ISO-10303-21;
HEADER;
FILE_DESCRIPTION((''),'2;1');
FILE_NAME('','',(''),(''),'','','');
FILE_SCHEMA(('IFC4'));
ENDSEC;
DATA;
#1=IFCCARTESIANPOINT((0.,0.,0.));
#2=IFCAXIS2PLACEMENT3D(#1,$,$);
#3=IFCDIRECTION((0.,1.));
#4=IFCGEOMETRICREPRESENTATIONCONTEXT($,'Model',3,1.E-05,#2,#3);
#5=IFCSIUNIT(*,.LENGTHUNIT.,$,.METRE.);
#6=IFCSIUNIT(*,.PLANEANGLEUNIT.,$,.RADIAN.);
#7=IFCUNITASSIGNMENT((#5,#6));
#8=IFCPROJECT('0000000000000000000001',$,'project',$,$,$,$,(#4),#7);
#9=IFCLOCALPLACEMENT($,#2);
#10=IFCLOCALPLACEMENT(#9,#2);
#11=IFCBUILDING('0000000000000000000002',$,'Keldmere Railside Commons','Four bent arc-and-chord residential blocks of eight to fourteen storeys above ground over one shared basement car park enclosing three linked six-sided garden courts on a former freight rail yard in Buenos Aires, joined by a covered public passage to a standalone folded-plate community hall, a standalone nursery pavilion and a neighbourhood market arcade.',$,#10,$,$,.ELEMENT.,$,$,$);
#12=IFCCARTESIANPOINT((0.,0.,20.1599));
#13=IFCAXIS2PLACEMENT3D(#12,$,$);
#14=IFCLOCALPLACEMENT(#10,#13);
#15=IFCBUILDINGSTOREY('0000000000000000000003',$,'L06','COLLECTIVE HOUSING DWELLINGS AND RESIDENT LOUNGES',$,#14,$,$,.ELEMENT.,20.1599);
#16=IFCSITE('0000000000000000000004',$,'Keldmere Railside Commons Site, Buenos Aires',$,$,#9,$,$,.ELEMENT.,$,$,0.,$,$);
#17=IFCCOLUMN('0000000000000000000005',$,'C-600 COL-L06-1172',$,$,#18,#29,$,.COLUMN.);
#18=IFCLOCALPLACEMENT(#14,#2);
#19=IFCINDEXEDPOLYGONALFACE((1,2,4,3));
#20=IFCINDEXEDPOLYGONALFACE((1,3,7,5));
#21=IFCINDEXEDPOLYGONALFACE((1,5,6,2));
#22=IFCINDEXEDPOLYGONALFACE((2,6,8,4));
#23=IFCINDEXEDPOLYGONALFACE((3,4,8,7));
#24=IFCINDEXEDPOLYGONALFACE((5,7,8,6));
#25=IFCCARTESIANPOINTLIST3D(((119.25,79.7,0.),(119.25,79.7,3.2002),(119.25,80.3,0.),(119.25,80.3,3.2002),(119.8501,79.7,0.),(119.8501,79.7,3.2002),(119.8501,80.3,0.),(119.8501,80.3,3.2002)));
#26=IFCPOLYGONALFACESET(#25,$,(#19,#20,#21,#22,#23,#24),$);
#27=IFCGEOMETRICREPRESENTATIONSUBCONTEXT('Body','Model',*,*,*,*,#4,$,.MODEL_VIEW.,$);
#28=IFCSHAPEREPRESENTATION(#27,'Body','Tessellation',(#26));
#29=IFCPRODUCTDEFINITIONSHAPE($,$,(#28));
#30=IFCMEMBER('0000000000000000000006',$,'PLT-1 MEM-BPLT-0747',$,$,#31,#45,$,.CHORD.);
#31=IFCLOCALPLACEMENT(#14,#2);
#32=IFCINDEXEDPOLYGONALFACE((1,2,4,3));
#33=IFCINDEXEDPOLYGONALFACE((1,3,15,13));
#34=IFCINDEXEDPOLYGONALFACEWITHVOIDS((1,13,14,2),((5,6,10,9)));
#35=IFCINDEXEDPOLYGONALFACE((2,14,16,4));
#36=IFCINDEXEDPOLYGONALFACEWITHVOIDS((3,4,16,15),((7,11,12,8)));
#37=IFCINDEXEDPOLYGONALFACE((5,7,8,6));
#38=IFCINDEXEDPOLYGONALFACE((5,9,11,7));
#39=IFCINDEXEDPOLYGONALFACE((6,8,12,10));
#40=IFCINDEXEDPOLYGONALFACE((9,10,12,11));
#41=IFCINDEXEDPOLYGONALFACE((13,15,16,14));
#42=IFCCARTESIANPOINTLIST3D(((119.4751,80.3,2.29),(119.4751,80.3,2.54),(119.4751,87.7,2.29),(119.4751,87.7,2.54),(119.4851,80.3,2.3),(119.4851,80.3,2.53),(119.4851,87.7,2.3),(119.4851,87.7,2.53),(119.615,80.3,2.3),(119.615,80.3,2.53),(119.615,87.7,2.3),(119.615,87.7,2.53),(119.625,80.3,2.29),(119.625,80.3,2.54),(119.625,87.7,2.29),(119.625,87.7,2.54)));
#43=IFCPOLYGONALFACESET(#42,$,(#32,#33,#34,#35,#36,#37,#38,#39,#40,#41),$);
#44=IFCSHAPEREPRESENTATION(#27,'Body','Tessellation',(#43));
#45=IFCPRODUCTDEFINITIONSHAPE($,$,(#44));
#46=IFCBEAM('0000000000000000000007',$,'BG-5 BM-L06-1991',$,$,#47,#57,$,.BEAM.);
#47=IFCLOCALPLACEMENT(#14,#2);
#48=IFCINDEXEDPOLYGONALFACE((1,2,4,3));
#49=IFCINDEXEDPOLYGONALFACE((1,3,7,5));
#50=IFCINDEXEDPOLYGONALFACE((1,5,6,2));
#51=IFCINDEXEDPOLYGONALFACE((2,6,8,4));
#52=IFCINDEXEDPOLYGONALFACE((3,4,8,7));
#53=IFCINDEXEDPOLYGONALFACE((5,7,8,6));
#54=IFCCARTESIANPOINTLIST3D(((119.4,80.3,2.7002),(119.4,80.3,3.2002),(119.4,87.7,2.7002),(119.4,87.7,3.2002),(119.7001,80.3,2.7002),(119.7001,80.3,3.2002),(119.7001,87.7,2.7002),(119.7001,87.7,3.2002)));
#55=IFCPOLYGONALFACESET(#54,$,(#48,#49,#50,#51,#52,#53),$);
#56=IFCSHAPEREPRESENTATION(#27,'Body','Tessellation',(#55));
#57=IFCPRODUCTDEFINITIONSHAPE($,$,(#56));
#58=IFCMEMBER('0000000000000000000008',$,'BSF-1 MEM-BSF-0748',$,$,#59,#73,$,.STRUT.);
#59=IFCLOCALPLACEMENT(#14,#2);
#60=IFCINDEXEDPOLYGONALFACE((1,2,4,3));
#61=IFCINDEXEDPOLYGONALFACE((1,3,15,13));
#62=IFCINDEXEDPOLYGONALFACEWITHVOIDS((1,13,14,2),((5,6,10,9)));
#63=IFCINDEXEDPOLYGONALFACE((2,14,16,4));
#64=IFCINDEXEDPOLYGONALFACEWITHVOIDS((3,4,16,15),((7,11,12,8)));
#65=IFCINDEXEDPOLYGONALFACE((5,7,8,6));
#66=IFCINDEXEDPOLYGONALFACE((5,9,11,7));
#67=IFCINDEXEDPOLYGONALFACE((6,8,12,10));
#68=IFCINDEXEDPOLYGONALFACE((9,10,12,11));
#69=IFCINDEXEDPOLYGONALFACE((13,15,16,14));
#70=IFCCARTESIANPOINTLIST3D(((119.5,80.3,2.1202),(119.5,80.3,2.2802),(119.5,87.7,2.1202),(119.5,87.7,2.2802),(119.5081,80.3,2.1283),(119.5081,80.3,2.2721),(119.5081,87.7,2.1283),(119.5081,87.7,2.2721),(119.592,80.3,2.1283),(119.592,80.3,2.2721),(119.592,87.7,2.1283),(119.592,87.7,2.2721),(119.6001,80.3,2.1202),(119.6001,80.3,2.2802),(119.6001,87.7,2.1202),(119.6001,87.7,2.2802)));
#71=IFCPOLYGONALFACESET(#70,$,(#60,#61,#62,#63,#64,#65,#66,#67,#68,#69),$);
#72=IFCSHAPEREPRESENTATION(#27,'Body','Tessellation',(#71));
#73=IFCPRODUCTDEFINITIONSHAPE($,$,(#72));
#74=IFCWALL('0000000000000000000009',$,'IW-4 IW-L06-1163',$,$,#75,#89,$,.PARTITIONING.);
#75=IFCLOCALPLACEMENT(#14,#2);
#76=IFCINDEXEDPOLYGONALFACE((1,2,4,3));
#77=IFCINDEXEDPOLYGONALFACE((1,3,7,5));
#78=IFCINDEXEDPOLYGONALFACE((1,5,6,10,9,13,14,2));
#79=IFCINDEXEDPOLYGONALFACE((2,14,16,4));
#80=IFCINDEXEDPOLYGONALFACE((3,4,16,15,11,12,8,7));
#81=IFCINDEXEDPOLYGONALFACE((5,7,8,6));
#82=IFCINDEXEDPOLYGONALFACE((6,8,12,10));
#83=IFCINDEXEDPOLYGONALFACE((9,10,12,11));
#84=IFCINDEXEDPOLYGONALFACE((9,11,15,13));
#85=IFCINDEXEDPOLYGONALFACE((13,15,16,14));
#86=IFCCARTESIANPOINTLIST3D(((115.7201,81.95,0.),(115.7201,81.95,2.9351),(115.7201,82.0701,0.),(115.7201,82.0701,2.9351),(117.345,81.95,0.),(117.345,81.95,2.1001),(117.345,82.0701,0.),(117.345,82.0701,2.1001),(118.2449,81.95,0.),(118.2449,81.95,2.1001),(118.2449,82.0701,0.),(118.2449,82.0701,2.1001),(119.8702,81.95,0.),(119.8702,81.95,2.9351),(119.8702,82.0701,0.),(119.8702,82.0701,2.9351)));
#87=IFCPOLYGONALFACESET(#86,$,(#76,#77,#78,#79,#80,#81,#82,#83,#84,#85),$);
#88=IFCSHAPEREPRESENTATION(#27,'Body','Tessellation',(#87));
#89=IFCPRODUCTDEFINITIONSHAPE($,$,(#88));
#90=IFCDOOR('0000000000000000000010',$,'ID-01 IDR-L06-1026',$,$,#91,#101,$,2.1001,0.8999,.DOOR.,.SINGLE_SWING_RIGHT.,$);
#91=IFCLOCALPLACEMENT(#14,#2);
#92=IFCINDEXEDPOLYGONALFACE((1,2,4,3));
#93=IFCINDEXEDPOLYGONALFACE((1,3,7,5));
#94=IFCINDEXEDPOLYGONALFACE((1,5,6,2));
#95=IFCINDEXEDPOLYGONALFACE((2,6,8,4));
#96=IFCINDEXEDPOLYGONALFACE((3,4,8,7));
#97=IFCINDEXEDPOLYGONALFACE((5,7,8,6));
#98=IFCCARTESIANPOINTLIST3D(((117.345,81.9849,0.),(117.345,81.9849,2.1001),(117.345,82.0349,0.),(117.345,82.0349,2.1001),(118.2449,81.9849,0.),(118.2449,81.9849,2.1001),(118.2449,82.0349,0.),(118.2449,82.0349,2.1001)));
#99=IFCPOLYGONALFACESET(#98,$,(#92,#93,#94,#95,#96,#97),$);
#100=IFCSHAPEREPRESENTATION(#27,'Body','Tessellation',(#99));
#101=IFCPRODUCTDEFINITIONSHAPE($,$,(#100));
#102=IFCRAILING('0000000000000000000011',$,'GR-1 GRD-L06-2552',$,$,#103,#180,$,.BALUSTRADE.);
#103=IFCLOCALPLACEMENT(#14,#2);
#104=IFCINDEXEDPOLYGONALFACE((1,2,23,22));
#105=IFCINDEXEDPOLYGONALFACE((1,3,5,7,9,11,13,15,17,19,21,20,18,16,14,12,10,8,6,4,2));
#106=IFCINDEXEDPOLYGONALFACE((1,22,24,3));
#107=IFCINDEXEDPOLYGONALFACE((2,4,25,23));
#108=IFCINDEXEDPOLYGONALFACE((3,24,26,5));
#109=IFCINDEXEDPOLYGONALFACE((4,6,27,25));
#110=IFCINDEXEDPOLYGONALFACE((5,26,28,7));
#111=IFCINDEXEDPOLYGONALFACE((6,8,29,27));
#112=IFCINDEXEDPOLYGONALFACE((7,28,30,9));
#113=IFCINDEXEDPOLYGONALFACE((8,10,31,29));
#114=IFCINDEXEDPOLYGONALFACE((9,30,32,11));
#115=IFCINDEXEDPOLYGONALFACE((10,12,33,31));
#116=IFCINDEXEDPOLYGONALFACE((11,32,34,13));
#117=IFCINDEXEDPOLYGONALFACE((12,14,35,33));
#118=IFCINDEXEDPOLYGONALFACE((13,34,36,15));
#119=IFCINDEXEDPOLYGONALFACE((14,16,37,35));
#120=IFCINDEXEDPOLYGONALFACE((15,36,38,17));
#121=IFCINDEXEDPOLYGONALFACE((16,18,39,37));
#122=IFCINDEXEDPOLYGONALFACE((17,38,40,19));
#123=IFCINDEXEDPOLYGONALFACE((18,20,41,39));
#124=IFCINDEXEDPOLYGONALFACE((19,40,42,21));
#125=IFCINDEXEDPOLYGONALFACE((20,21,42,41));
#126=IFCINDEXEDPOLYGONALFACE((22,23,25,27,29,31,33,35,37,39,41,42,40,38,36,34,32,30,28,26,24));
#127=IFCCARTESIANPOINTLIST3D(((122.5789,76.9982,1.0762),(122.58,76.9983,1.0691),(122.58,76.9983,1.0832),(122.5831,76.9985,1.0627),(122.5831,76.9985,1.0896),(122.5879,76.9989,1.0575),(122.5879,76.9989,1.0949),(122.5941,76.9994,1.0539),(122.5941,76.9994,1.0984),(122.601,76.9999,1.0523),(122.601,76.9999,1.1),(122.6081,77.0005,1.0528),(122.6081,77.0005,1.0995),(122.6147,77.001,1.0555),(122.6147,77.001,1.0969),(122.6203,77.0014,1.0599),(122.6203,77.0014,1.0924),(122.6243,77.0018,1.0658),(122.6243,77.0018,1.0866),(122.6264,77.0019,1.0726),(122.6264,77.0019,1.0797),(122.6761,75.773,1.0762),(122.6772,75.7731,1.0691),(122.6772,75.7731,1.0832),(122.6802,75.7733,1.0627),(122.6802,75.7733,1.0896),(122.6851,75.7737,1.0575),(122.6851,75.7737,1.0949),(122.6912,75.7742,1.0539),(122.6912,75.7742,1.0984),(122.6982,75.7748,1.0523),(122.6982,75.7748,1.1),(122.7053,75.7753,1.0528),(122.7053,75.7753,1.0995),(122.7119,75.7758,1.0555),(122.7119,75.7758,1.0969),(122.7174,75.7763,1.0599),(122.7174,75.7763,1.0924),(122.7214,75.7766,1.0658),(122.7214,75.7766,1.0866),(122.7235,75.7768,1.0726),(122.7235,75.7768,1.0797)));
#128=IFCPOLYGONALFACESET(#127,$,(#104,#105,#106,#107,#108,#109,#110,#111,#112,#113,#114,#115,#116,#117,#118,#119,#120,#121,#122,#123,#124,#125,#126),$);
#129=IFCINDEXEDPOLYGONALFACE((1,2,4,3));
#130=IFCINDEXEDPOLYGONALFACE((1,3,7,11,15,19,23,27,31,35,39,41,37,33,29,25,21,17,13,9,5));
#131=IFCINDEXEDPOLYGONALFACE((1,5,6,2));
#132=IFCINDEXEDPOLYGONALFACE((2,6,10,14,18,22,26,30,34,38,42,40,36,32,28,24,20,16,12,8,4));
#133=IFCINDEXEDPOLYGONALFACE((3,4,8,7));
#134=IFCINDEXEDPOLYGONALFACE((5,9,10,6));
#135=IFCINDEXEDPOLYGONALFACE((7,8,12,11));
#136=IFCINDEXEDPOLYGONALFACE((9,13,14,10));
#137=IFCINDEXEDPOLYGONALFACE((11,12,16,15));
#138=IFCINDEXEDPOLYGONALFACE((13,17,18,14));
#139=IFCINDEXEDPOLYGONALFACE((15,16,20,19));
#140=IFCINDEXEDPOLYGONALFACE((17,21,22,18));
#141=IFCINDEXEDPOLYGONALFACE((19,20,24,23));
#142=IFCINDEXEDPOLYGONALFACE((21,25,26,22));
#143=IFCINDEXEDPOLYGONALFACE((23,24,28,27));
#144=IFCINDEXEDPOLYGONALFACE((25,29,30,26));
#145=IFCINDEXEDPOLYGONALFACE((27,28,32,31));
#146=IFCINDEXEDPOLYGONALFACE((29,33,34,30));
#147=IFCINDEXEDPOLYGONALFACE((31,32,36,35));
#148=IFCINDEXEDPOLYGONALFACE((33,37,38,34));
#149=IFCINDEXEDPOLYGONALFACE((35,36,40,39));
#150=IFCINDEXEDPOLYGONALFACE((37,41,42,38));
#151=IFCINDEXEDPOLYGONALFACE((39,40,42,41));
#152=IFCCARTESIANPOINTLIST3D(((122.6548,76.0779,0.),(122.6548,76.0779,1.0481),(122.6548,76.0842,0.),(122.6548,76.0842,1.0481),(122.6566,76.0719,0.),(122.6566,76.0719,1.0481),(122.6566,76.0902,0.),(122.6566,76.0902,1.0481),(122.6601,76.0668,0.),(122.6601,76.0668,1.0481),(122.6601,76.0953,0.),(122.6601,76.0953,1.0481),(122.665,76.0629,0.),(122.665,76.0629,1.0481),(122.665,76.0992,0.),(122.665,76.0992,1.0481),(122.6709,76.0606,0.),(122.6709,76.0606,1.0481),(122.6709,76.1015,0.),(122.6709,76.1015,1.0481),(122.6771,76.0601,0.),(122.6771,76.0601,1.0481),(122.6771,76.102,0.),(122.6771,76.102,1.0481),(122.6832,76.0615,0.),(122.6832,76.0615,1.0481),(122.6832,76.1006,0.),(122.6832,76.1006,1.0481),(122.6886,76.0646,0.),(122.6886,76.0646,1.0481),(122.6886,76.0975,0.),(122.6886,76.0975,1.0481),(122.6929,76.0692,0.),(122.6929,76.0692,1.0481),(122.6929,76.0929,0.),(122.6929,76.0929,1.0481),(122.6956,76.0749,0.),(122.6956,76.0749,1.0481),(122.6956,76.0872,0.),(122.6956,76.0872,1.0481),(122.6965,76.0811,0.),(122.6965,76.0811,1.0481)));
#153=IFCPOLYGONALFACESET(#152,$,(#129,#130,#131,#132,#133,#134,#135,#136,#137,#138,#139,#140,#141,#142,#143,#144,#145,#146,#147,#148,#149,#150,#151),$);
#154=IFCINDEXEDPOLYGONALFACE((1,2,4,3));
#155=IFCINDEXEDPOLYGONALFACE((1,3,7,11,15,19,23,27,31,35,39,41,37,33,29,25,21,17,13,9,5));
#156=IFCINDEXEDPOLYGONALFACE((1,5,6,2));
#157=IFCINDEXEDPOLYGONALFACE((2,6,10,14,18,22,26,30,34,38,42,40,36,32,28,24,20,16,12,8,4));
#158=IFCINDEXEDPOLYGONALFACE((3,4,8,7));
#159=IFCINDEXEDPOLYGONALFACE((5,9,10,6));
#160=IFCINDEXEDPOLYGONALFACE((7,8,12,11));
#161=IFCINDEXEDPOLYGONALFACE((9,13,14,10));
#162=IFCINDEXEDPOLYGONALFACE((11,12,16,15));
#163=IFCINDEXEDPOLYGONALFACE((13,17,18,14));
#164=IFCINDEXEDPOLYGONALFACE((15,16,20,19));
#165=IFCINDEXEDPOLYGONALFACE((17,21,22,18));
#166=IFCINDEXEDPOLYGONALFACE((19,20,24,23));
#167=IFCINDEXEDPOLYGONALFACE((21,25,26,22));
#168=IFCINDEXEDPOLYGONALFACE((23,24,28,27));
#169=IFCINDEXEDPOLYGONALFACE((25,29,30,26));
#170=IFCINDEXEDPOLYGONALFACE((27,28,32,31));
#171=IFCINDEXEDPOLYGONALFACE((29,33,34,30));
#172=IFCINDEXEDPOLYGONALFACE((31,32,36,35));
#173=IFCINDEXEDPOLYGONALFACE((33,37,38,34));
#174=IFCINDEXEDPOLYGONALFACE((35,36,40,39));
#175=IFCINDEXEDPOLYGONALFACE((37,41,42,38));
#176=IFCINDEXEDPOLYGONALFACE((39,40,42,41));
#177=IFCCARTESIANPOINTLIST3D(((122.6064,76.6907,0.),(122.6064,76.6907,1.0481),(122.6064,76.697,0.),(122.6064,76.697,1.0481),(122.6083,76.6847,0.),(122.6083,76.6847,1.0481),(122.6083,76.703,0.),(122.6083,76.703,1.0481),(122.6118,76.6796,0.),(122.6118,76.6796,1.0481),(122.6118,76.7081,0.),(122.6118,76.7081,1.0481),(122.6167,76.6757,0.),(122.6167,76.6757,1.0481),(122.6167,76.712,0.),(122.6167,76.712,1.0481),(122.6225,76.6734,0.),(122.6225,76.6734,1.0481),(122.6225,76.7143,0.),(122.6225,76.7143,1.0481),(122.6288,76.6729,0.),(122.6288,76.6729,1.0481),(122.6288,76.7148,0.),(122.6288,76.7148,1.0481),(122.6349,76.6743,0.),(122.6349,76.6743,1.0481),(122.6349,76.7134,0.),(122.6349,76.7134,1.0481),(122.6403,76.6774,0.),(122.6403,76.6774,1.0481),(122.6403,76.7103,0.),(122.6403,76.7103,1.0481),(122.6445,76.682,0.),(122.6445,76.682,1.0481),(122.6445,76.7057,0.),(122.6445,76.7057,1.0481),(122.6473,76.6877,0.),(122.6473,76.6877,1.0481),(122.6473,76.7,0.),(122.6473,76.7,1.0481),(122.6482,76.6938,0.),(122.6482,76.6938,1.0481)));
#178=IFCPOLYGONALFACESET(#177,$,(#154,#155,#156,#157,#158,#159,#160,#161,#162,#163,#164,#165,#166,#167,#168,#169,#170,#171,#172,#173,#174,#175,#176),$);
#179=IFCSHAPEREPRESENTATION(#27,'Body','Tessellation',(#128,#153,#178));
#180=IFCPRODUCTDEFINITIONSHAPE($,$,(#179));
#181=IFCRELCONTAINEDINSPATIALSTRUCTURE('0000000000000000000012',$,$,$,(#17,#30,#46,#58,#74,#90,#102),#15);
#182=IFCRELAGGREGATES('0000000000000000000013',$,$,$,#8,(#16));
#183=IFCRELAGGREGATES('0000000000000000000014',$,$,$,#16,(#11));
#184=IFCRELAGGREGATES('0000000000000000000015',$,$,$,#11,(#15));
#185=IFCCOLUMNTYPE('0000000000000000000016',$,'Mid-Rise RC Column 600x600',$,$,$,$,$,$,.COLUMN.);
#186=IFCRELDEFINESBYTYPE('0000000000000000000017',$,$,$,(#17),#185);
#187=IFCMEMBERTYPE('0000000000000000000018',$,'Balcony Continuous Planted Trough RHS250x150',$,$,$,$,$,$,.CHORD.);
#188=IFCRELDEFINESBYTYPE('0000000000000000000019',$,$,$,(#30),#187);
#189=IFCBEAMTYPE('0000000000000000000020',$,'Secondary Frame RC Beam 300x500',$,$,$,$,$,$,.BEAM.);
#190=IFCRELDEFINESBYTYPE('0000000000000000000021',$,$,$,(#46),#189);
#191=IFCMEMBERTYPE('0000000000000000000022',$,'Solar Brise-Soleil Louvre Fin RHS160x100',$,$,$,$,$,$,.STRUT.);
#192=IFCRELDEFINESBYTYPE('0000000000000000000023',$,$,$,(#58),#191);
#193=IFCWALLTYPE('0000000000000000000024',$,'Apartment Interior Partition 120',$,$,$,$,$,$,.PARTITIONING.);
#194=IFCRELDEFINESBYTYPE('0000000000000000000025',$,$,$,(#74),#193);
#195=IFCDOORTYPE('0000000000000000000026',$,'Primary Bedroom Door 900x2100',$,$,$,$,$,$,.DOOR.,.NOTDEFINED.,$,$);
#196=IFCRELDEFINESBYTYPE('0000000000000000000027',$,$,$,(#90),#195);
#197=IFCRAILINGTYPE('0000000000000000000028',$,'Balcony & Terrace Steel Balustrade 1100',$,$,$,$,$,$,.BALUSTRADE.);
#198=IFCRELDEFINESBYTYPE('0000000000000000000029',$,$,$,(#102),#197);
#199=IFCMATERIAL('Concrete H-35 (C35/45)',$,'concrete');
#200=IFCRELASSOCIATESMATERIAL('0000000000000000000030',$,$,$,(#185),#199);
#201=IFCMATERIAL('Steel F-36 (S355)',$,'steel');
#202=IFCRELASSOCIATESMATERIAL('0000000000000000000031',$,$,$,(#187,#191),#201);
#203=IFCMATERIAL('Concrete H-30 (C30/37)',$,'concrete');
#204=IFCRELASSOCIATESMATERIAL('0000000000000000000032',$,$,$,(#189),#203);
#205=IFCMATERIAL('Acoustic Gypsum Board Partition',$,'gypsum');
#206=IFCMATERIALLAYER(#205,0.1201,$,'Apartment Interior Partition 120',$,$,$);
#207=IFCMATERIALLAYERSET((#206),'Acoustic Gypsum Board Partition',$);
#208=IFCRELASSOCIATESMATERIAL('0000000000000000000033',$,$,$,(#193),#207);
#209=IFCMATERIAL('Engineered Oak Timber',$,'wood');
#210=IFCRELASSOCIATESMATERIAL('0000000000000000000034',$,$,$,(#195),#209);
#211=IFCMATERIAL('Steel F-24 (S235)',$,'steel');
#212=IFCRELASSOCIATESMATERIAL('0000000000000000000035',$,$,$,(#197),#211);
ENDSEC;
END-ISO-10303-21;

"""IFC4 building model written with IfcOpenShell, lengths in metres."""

from ifc_helpers import new_model, si_unit, direction, frame, frame_2d, origin, origin_2d, place, context, subcontext, project, spatial, rectangle, hollow_rectangle, circle, extrude, material, layer, layer_set, material_profile, profile_set, type_object, element, fill, save


model = new_model("IFC4")

# Units and contexts
model_context = context("Model", 3, precision=1e-05, world=origin(), true_north=direction((0.0, 1.0)))
body_context = subcontext(model_context, "Body", "Model", "MODEL_VIEW")
ifc_project = project(units=[si_unit("LENGTHUNIT", "METRE"), si_unit("PLANEANGLEUNIT", "RADIAN")], contexts=[model_context])

# Site, building, storey
site_placement = place(None, origin())
site = spatial("IfcSite", under=ifc_project, at=site_placement, Name="Keldmere Railside Commons Site, Buenos Aires", CompositionType="ELEMENT", RefElevation=0.0)
building_placement = place(site_placement, origin())
building = spatial("IfcBuilding", under=site, at=building_placement, Name="Keldmere Railside Commons", Description="Four bent arc-and-chord residential blocks of eight to fourteen storeys above ground over one shared basement car park enclosing three linked six-sided garden courts on a former freight rail yard in Buenos Aires, joined by a covered public passage to a standalone folded-plate community hall, a standalone nursery pavilion and a neighbourhood market arcade.", CompositionType="ELEMENT")
storey_placement = place(building_placement, frame((0.0, 0.0, 20.1599)))
storey = spatial("IfcBuildingStorey", under=building, at=storey_placement, Name="L06", Description="COLLECTIVE HOUSING DWELLINGS AND RESIDENT LOUNGES", CompositionType="ELEMENT", Elevation=20.1599)

# Column
ifc_material_1 = material(Name="Concrete H-35 (C35/45)", Category="concrete")
ifc_material_profile_1 = material_profile(ifc_material_1, rectangle(XDim=0.6001, YDim=0.6001, at=origin_2d()), Name="RC-600x600")
ifc_profile_set_1 = profile_set([ifc_material_profile_1], Name="Concrete H-35 (C35/45)")
column_type = type_object("IfcColumnType", Name="Mid-Rise RC Column 600x600", PredefinedType="COLUMN", material=ifc_profile_set_1)
column_placement = place(storey_placement, frame((119.55, 80.0, 0.0), z_axis=(0.0, 0.0, 1.0), x_axis=(1.0, 0.0, 0.0)))
element("IfcColumn", 1, at=column_placement, inside=storey, type_object=column_type, Name="C-600 COL-L06-1172", PredefinedType="COLUMN", context=body_context, shape_type="SweptSolid", body=[
    extrude(rectangle(XDim=0.6001, YDim=0.6001, at=origin_2d()), origin(), (0.0, 0.0, 1.0), 3.2002),
])

# Member
ifc_material_2 = material(Name="Steel F-36 (S355)", Category="steel")
ifc_material_profile_2 = material_profile(ifc_material_2, hollow_rectangle(XDim=0.1499, YDim=0.25, WallThickness=0.01, at=origin_2d()), Name="RHS-250x150x10")
ifc_profile_set_2 = profile_set([ifc_material_profile_2], Name="Steel F-36 (S355)")
member_type_1 = type_object("IfcMemberType", Name="Balcony Continuous Planted Trough RHS250x150", PredefinedType="CHORD", material=ifc_profile_set_2)
member_1_placement = place(storey_placement, frame((119.55, 80.3, 2.415), z_axis=(0.0, 1.0, 0.0), x_axis=(-1.0, 0.0, 0.0)))
element("IfcMember", 2, at=member_1_placement, inside=storey, type_object=member_type_1, Name="PLT-1 MEM-BPLT-0747", PredefinedType="CHORD", context=body_context, shape_type="SweptSolid", body=[
    extrude(hollow_rectangle(XDim=0.1499, YDim=0.25, WallThickness=0.01, at=origin_2d()), origin(), (0.0, 0.0, 1.0), 7.3999),
])

# Beam
ifc_material_3 = material(Name="Concrete H-30 (C30/37)", Category="concrete")
ifc_material_profile_3 = material_profile(ifc_material_3, rectangle(XDim=0.3, YDim=0.5, at=origin_2d()), Name="RC-300x500")
ifc_profile_set_3 = profile_set([ifc_material_profile_3], Name="Concrete H-30 (C30/37)")
beam_type = type_object("IfcBeamType", Name="Secondary Frame RC Beam 300x500", PredefinedType="BEAM", material=ifc_profile_set_3)
beam_placement = place(storey_placement, frame((119.55, 80.3, 2.9502), z_axis=(0.0, 1.0, 0.0), x_axis=(-1.0, 0.0, 0.0)))
element("IfcBeam", 3, at=beam_placement, inside=storey, type_object=beam_type, Name="BG-5 BM-L06-1991", PredefinedType="BEAM", context=body_context, shape_type="SweptSolid", body=[
    extrude(rectangle(XDim=0.3, YDim=0.5, at=origin_2d()), origin(), (0.0, 0.0, 1.0), 7.3999),
])

# Member
ifc_material_profile_4 = material_profile(ifc_material_2, hollow_rectangle(XDim=0.1001, YDim=0.1599, WallThickness=0.0081, at=origin_2d()), Name="RHS-160x100x8")
ifc_profile_set_4 = profile_set([ifc_material_profile_4], Name="Steel F-36 (S355)")
member_type_2 = type_object("IfcMemberType", Name="Solar Brise-Soleil Louvre Fin RHS160x100", PredefinedType="STRUT", material=ifc_profile_set_4)
member_2_placement = place(storey_placement, frame((119.55, 80.3, 2.2002), z_axis=(0.0, 1.0, 0.0), x_axis=(-1.0, 0.0, 0.0)))
element("IfcMember", 4, at=member_2_placement, inside=storey, type_object=member_type_2, Name="BSF-1 MEM-BSF-0748", PredefinedType="STRUT", context=body_context, shape_type="SweptSolid", body=[
    extrude(hollow_rectangle(XDim=0.1001, YDim=0.1599, WallThickness=0.0081, at=origin_2d()), origin(), (0.0, 0.0, 1.0), 7.3999),
])

# Wall, opening, door
ifc_material_4 = material(Name="Acoustic Gypsum Board Partition", Category="gypsum")
ifc_layer = layer(ifc_material_4, 0.1201, Name="Apartment Interior Partition 120")
ifc_layer_set = layer_set([ifc_layer], Name="Acoustic Gypsum Board Partition")
wall_type = type_object("IfcWallType", Name="Apartment Interior Partition 120", PredefinedType="PARTITIONING", material=ifc_layer_set)
wall_placement = place(storey_placement, frame((115.72, 82.01, 0.0), z_axis=(0.0, 0.0, 1.0), x_axis=(1.0, 0.0, 0.0)))
wall = element("IfcWall", 5, at=wall_placement, inside=storey, type_object=wall_type, Name="IW-4 IW-L06-1163", PredefinedType="PARTITIONING", context=body_context, shape_type="SweptSolid", body=[
    extrude(rectangle(XDim=4.1501, YDim=0.1201, at=frame_2d((2.0752, 0.0))), origin(), (0.0, 0.0, 1.0), 2.9351),
])
opening_placement = place(wall_placement, frame((1.625, 0.0, 0.0)))
opening = element("IfcOpeningElement", 6, at=opening_placement, cuts=wall, PredefinedType="OPENING", context=body_context, shape_type="SweptSolid", body=[
    extrude(rectangle(XDim=0.8999, YDim=2.1001, at=frame_2d((0.45, 1.05))), frame((0.0, 0.0701, 0.0), z_axis=(0.0, -1.0, 0.0), x_axis=(1.0, 0.0, 0.0)), (0.0, 0.0, 1.0), 0.1401),
])
ifc_material_5 = material(Name="Engineered Oak Timber", Category="wood")
door_type = type_object("IfcDoorType", Name="Primary Bedroom Door 900x2100", OperationType="NOTDEFINED", PredefinedType="DOOR", material=ifc_material_5)
door_placement = place(opening_placement, origin())
door = element("IfcDoor", 7, at=door_placement, inside=storey, type_object=door_type, Name="ID-01 IDR-L06-1026", OperationType="SINGLE_SWING_RIGHT", OverallHeight=2.1001, OverallWidth=0.8999, PredefinedType="DOOR", context=body_context, shape_type="SweptSolid", body=[
    extrude(rectangle(XDim=0.8999, YDim=2.1001, at=frame_2d((0.45, 1.05))), frame((0.0, 0.0249, 0.0), z_axis=(0.0, -1.0, 0.0), x_axis=(1.0, 0.0, 0.0)), (0.0, 0.0, 1.0), 0.05),
])
fill(opening, door)

# Railing
ifc_material_6 = material(Name="Steel F-24 (S235)", Category="steel")
railing_type = type_object("IfcRailingType", Name="Balcony & Terrace Steel Balustrade 1100", PredefinedType="BALUSTRADE", material=ifc_material_6)
railing_1_placement = place(storey_placement, frame((122.7, 75.7749, 0.0)))
element("IfcRailing", 8, at=railing_1_placement, inside=storey, type_object=railing_type, Name="GR-1 GRD-L06-2552", PredefinedType="BALUSTRADE", context=body_context, shape_type="SweptSolid", body=[
    extrude(circle(Radius=0.0239, at=origin_2d()), frame((0.0, 0.0, 1.0762), z_axis=(-0.079066, 0.996869, 0.0), x_axis=(-0.996869, -0.079066, 0.0)), (0.0, 0.0, 1.0), 1.229),
    extrude(circle(Radius=0.021, at=origin_2d()), frame((-0.0244, 0.3062, 0.0)), (0.0, 0.0, 1.0), 1.0481),
    extrude(circle(Radius=0.021, at=origin_2d()), frame((-0.0728, 0.9189, 0.0)), (0.0, 0.0, 1.0), 1.0481),
])

save(model, "model.ifc")
